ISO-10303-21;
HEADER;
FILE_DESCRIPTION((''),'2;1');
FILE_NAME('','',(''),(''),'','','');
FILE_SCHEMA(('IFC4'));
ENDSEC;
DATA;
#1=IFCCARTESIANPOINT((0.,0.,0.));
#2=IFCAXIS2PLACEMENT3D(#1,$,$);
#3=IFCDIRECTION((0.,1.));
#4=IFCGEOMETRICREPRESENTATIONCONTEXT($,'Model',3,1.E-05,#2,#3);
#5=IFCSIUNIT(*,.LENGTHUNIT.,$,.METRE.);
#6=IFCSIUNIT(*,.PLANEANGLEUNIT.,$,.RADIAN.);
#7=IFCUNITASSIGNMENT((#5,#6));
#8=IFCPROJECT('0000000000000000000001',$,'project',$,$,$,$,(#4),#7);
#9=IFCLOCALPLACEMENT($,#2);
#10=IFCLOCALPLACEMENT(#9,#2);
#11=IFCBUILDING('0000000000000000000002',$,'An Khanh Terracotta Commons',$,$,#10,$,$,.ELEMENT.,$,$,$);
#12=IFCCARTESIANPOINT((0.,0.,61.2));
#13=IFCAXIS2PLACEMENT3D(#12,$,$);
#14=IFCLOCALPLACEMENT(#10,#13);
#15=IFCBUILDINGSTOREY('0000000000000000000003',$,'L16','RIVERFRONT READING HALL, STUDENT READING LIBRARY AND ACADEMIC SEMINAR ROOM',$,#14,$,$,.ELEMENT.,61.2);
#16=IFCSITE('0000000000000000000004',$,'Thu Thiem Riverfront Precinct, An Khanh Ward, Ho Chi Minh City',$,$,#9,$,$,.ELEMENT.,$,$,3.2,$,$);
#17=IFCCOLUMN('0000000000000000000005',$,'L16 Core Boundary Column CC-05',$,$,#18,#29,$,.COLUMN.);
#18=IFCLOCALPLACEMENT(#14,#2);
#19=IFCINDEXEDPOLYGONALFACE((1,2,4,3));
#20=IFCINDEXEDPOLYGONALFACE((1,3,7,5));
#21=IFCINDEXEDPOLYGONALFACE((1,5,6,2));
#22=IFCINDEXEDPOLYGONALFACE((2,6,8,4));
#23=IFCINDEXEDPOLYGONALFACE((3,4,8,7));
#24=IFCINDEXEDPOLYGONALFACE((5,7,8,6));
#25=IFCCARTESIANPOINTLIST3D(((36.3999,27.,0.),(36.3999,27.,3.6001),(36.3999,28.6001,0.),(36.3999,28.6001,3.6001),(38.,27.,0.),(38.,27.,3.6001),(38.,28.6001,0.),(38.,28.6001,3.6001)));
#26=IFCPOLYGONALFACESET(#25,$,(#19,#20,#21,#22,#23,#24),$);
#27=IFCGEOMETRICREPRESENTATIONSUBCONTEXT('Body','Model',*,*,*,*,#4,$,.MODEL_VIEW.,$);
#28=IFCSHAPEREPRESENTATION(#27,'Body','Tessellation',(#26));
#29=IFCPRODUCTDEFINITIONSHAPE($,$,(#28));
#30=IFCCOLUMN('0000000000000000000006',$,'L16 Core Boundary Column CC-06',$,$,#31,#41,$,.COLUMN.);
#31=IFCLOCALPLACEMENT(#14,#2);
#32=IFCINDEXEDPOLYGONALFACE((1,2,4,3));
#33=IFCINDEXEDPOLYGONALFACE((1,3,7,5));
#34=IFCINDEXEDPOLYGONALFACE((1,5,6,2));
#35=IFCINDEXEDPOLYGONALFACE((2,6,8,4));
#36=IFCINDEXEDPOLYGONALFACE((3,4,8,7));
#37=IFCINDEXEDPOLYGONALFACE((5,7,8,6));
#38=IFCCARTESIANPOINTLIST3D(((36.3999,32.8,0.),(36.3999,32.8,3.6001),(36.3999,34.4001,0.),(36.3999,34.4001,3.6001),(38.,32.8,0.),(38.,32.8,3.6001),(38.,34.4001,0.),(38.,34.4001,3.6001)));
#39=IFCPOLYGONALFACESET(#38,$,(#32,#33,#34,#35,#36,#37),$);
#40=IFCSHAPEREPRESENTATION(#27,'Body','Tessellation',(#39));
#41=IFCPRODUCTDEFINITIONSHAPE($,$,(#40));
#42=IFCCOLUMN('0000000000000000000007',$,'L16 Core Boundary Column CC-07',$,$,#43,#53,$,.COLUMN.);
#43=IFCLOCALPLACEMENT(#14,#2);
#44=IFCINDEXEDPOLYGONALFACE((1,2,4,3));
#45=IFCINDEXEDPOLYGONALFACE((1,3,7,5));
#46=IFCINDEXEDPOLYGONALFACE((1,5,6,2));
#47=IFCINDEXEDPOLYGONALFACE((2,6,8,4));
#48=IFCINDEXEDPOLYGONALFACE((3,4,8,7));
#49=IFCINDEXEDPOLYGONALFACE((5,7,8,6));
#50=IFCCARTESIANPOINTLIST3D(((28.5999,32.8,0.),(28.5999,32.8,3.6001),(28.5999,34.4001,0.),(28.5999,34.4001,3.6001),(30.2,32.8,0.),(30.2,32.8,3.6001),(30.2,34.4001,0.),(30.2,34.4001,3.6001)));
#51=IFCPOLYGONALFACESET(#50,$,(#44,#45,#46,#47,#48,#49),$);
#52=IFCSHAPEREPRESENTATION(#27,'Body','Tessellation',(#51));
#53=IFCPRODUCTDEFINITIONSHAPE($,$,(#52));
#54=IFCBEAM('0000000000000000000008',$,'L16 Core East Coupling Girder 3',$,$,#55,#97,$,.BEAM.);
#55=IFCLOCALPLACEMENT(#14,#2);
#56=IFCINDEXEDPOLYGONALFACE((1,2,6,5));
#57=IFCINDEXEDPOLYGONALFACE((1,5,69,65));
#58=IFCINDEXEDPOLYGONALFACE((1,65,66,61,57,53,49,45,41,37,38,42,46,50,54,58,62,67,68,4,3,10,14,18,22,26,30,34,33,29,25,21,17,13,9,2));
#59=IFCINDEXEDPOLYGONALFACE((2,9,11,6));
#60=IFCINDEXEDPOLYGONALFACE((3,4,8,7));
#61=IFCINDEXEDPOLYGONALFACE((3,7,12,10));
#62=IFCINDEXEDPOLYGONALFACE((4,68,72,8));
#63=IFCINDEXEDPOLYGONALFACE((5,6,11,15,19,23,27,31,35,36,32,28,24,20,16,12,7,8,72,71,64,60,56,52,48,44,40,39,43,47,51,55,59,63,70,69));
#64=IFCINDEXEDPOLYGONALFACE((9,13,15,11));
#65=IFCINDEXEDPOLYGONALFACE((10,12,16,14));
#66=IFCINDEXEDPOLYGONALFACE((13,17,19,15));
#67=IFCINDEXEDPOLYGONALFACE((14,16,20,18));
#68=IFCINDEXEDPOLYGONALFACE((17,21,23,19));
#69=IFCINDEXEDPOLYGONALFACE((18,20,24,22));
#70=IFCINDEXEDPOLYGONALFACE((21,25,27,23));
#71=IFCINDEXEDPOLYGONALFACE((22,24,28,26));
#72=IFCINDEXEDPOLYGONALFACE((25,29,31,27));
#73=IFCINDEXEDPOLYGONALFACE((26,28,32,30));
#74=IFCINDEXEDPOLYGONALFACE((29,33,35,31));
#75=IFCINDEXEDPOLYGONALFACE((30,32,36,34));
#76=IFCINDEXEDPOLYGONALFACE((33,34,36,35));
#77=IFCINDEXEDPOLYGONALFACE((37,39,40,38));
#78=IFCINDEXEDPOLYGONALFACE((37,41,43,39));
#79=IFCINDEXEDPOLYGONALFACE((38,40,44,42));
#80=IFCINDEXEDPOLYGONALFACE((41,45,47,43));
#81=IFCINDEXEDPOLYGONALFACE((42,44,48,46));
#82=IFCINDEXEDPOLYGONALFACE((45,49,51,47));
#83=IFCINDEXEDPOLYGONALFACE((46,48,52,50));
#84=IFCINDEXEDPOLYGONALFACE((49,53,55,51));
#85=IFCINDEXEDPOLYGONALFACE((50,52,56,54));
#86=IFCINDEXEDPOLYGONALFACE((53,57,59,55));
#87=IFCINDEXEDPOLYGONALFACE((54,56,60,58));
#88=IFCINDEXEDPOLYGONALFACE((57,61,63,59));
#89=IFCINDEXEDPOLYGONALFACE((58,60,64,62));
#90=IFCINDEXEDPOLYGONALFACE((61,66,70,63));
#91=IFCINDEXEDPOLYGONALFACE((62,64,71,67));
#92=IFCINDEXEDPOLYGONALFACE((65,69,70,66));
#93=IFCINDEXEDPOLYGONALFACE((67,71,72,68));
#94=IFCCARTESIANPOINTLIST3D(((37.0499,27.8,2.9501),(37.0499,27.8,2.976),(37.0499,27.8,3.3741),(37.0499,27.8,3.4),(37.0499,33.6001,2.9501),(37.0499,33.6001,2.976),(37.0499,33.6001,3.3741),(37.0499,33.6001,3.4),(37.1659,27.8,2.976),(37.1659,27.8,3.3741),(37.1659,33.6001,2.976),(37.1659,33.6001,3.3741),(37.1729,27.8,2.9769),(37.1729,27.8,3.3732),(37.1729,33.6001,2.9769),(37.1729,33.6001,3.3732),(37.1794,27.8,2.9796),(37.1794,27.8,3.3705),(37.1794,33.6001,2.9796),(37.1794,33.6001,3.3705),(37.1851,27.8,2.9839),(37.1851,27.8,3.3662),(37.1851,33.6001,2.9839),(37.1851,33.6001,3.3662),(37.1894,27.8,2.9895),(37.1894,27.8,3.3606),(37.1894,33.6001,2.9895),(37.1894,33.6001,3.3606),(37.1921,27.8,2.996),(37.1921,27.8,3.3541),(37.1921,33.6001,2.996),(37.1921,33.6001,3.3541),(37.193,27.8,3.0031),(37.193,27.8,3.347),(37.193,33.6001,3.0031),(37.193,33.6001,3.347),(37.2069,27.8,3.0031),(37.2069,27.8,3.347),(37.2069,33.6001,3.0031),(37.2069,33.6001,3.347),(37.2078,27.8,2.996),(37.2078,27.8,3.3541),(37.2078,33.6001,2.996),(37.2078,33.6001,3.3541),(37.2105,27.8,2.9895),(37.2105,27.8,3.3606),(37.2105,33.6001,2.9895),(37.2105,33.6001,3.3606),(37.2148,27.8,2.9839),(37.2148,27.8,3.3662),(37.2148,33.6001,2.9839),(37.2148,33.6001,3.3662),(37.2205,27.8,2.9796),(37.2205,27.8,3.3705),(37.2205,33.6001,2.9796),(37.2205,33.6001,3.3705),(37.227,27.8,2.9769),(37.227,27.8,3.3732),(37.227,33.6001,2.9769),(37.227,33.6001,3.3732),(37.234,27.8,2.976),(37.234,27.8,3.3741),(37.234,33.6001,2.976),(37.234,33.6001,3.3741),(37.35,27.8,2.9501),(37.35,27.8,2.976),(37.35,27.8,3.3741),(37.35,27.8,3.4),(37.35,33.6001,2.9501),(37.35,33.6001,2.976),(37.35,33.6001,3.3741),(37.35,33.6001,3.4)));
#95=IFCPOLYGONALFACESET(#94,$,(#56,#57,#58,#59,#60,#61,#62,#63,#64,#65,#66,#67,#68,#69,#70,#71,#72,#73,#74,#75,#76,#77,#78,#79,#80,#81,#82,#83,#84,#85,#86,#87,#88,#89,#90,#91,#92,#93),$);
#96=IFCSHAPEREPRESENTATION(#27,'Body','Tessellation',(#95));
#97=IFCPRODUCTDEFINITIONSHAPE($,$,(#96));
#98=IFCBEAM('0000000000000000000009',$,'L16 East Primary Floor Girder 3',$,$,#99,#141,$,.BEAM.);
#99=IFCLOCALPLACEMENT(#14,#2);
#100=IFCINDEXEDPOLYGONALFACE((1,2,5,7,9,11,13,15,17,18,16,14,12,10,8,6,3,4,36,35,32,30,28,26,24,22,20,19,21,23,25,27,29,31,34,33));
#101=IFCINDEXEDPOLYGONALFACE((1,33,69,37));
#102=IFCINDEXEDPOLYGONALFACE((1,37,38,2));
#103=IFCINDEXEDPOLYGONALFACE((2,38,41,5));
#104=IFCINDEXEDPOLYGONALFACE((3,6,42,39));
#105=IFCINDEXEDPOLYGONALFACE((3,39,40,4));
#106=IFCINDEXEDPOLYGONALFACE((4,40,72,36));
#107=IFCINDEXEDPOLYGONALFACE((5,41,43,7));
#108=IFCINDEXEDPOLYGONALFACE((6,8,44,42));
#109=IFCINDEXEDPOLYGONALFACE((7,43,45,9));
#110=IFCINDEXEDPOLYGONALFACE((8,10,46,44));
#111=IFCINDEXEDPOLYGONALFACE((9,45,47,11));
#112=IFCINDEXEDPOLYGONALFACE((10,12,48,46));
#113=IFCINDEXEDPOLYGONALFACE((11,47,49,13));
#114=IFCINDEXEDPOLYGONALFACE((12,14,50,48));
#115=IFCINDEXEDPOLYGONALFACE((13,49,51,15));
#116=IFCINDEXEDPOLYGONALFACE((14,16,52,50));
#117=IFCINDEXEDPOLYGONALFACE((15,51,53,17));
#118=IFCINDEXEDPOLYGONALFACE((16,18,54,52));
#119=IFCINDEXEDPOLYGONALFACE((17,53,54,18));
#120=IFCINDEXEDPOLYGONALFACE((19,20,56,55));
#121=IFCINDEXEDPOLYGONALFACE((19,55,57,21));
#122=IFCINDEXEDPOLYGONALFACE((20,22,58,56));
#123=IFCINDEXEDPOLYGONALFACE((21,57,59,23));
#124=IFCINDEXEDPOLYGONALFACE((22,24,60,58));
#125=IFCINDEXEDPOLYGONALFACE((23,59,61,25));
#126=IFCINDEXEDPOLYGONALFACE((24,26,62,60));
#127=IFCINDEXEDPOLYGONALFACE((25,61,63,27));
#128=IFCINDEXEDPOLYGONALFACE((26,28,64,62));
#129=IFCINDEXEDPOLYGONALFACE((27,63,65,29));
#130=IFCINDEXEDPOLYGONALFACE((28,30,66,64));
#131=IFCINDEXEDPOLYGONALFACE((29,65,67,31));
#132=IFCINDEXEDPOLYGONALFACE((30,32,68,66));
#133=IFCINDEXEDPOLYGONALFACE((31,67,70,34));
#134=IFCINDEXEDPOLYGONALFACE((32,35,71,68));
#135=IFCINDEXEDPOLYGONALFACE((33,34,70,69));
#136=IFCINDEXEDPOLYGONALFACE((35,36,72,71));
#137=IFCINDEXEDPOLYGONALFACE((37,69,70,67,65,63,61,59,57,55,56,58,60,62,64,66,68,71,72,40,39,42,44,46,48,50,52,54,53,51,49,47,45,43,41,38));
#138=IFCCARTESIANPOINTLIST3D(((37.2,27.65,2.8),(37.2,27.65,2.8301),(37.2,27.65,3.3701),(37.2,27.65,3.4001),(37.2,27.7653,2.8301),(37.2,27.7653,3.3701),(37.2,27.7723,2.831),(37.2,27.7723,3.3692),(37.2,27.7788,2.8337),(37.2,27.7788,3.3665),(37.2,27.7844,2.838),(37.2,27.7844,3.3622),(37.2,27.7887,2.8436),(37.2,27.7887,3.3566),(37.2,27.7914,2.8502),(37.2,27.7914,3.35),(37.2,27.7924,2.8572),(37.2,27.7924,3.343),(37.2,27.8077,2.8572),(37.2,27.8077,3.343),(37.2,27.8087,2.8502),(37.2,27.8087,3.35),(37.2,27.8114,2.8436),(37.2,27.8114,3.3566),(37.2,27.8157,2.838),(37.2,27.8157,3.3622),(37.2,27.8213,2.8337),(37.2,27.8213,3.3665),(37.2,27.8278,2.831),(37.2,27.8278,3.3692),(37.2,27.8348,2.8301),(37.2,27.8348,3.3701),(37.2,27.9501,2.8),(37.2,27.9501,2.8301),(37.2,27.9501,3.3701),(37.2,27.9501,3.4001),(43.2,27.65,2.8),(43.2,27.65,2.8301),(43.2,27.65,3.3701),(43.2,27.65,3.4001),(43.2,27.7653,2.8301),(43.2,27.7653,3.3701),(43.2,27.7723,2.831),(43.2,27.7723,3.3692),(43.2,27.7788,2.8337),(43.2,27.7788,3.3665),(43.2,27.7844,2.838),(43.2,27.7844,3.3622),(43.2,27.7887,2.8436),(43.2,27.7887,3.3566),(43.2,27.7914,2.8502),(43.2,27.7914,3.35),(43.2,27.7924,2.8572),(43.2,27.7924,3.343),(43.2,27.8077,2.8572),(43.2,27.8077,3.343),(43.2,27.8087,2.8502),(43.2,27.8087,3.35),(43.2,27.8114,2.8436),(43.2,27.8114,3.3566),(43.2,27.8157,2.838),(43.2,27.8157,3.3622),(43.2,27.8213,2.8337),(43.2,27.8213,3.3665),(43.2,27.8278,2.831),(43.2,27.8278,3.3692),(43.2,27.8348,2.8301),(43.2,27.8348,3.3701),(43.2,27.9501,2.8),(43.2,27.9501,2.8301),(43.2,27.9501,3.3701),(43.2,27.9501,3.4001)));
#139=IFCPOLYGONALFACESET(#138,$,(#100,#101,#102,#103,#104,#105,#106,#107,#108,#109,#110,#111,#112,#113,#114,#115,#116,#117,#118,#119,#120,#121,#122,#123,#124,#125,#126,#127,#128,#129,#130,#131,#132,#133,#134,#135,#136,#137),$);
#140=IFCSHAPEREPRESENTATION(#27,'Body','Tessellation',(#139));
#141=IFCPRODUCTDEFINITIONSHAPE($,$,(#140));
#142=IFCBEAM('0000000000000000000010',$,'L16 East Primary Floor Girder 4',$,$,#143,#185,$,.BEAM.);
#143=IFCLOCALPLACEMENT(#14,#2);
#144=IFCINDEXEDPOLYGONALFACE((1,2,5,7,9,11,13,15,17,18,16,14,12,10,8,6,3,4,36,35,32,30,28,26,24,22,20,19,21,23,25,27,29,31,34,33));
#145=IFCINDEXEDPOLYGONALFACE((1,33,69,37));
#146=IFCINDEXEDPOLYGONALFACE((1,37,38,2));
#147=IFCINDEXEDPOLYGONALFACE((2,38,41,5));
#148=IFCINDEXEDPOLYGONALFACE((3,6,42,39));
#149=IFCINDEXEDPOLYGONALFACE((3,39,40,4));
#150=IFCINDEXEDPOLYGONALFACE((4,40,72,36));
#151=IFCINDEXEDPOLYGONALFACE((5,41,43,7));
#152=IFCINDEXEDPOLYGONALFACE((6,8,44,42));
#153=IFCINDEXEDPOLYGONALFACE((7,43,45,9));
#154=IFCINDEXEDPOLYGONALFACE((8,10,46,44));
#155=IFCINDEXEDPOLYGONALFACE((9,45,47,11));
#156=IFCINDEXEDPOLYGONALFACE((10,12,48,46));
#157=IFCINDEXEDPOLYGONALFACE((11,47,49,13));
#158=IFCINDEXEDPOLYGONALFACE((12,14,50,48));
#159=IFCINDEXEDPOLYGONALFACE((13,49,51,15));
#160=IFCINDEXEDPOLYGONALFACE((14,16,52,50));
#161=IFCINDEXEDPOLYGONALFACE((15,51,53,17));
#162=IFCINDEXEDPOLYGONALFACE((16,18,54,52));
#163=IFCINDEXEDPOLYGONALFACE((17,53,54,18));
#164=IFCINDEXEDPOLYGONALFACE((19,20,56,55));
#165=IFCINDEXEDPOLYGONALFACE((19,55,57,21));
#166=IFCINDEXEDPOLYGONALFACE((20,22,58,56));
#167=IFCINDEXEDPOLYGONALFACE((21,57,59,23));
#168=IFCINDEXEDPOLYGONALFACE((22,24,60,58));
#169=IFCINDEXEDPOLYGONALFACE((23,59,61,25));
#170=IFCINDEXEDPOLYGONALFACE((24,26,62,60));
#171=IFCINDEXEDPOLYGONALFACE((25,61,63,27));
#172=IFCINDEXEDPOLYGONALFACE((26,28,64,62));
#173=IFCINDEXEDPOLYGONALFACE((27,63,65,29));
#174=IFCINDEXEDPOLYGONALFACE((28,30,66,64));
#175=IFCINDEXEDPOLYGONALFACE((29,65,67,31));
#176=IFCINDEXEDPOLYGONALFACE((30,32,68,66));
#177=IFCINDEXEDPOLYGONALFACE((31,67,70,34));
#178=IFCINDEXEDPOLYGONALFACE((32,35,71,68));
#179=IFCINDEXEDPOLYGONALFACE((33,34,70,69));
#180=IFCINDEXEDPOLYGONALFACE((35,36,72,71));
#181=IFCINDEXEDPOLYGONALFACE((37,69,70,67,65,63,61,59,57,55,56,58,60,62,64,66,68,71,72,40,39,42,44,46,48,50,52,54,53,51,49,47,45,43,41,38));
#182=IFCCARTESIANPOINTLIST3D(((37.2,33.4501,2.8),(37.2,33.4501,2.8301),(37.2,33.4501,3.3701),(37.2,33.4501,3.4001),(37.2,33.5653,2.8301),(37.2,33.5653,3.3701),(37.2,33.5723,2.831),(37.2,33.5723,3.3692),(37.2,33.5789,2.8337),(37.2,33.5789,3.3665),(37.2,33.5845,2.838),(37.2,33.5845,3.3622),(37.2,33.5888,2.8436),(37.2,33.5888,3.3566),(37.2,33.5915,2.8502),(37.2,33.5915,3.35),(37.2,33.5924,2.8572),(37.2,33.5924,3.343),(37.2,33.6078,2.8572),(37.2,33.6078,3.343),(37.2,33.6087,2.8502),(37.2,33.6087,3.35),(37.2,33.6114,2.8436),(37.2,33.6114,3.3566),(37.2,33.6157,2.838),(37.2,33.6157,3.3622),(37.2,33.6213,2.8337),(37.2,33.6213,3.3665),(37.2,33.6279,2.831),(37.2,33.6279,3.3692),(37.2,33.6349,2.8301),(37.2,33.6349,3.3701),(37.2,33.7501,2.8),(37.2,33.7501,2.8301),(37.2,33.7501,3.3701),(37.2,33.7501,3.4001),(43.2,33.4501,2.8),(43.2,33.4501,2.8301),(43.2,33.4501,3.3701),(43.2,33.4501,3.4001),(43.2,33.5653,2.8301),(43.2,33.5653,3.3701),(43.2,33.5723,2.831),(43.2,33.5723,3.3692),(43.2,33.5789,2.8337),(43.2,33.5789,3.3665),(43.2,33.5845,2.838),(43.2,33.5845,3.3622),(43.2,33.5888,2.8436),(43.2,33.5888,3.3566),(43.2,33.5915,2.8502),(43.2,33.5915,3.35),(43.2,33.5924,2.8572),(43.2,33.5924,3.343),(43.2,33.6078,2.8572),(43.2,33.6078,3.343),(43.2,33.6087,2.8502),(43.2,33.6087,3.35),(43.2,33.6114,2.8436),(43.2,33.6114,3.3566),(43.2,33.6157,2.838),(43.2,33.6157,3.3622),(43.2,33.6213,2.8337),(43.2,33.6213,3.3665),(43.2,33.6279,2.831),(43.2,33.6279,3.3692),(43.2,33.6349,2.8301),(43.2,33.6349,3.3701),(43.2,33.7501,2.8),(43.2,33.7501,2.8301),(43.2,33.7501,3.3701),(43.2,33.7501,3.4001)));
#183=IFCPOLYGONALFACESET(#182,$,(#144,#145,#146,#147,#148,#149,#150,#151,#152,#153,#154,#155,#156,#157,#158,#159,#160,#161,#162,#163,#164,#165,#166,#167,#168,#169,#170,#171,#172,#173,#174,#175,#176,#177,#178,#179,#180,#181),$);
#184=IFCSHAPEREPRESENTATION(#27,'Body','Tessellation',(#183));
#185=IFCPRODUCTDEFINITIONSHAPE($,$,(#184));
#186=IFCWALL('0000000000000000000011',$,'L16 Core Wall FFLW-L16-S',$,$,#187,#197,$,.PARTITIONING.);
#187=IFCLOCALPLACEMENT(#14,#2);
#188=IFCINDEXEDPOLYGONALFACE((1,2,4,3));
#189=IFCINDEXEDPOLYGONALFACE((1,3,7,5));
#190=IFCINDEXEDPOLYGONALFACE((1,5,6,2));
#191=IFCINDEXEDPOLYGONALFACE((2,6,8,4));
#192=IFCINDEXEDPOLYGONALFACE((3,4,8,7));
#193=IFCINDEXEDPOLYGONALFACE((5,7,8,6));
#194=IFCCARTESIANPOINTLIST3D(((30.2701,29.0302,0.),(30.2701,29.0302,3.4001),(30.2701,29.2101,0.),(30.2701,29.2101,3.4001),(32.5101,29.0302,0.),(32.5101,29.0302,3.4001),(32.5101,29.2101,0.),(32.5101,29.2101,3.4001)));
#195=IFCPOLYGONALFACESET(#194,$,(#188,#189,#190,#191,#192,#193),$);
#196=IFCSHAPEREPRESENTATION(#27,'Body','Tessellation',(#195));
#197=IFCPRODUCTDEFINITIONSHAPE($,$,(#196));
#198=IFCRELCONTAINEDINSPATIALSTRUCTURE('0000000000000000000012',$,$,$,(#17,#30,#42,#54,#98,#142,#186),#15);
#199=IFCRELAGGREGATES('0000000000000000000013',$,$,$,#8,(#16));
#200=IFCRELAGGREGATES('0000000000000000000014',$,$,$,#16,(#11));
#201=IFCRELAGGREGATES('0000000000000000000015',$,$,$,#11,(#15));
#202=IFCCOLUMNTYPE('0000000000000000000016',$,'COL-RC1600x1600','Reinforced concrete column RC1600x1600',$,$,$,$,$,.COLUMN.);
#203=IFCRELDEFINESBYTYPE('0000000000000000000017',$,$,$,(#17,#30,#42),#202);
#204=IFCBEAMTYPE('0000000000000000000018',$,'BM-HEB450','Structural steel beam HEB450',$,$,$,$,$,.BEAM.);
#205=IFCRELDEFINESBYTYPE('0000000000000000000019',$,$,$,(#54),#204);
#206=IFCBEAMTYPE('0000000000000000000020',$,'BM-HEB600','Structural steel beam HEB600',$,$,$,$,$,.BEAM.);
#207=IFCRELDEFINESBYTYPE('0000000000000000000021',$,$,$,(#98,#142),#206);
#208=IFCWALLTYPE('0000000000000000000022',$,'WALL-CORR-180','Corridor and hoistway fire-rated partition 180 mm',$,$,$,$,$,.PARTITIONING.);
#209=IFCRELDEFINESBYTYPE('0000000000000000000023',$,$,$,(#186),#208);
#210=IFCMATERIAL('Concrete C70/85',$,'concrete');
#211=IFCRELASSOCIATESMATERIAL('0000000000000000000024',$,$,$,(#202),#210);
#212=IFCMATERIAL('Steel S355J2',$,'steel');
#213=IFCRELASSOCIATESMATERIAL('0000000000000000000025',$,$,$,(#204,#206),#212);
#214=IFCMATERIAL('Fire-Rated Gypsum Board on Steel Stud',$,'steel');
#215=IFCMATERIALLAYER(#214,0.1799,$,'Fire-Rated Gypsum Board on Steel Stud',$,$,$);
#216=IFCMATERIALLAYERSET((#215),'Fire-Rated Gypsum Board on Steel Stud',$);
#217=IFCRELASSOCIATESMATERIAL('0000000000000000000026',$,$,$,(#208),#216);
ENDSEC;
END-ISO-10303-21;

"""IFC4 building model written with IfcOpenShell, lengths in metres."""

from ifc_helpers import new_model, si_unit, direction, frame, frame_2d, origin, origin_2d, place, context, subcontext, project, spatial, rectangle, i_section, extrude, material, layer, layer_set, material_profile, profile_set, type_object, element, save


model = new_model("IFC4")

# Units and contexts
model_context = context("Model", 3, precision=1e-05, world=origin(), true_north=direction((0.0, 1.0)))
body_context = subcontext(model_context, "Body", "Model", "MODEL_VIEW")
ifc_project = project(units=[si_unit("LENGTHUNIT", "METRE"), si_unit("PLANEANGLEUNIT", "RADIAN")], contexts=[model_context])

# Site, building, storey
site_placement = place(None, origin())
site = spatial("IfcSite", under=ifc_project, at=site_placement, Name="Thu Thiem Riverfront Precinct, An Khanh Ward, Ho Chi Minh City", CompositionType="ELEMENT", RefElevation=3.2)
building_placement = place(site_placement, origin())
building = spatial("IfcBuilding", under=site, at=building_placement, Name="An Khanh Terracotta Commons", CompositionType="ELEMENT")
storey_placement = place(building_placement, frame((0.0, 0.0, 61.2)))
storey = spatial("IfcBuildingStorey", under=building, at=storey_placement, Name="L16", Description="RIVERFRONT READING HALL, STUDENT READING LIBRARY AND ACADEMIC SEMINAR ROOM", CompositionType="ELEMENT", Elevation=61.2)

# Columns
ifc_material_1 = material(Name="Concrete C70/85", Category="concrete")
ifc_material_profile_1 = material_profile(ifc_material_1, rectangle(XDim=1.6001, YDim=1.6001, at=origin_2d()), Name="RC1600x1600")
ifc_profile_set_1 = profile_set([ifc_material_profile_1], Name="Concrete C70/85")
column_type = type_object("IfcColumnType", Name="COL-RC1600x1600", Description="Reinforced concrete column RC1600x1600", PredefinedType="COLUMN", material=ifc_profile_set_1)
for number, where, z_axis, x_axis, name in (
    (1, (37.2, 27.8, 0.0), (0.0, 0.0, 1.0), (1.0, 0.0, 0.0), "L16 Core Boundary Column CC-05"),
    (2, (37.2, 33.6001, 0.0), (0.0, 0.0, 1.0), (1.0, 0.0, 0.0), "L16 Core Boundary Column CC-06"),
    (3, (29.3999, 33.6001, 0.0), (0.0, 0.0, 1.0), (1.0, 0.0, 0.0), "L16 Core Boundary Column CC-07"),
):
    element("IfcColumn", number, at=place(storey_placement, frame(where, z_axis=z_axis, x_axis=x_axis)), inside=storey, type_object=column_type, Name=name, PredefinedType="COLUMN", context=body_context, shape_type="SweptSolid", body=[
        extrude(rectangle(XDim=1.6001, YDim=1.6001, at=origin_2d()), origin(), (0.0, 0.0, 1.0), 3.6001),
    ])

# Beams
ifc_material_2 = material(Name="Steel S355J2", Category="steel")
ifc_material_profile_2 = material_profile(ifc_material_2, i_section(OverallWidth=0.3, OverallDepth=0.45, WebThickness=0.0139, FlangeThickness=0.0259, FilletRadius=0.0271, at=origin_2d()), Name="HEB450")
ifc_profile_set_2 = profile_set([ifc_material_profile_2], Name="Steel S355J2")
beam_type_1 = type_object("IfcBeamType", Name="BM-HEB450", Description="Structural steel beam HEB450", PredefinedType="BEAM", material=ifc_profile_set_2)
beam_placement = place(storey_placement, frame((37.2, 27.8, 3.175), z_axis=(0.0, 1.0, 0.0), x_axis=(-1.0, 0.0, 0.0)))
element("IfcBeam", 4, at=beam_placement, inside=storey, type_object=beam_type_1, Name="L16 Core East Coupling Girder 3", PredefinedType="BEAM", context=body_context, shape_type="SweptSolid", body=[
    extrude(i_section(OverallWidth=0.3, OverallDepth=0.45, WebThickness=0.0139, FlangeThickness=0.0259, FilletRadius=0.0271, at=origin_2d()), origin(), (0.0, 0.0, 1.0), 5.8),
])
ifc_material_profile_3 = material_profile(ifc_material_2, i_section(OverallWidth=0.3, OverallDepth=0.6001, WebThickness=0.0154, FlangeThickness=0.03, FilletRadius=0.0271, at=origin_2d()), Name="HEB600")
ifc_profile_set_3 = profile_set([ifc_material_profile_3], Name="Steel S355J2")
beam_type_2 = type_object("IfcBeamType", Name="BM-HEB600", Description="Structural steel beam HEB600", PredefinedType="BEAM", material=ifc_profile_set_3)
for number, where, z_axis, x_axis, name in (
    (5, (37.2, 27.8, 3.1001), (1.0, 0.0, 0.0), (0.0, 1.0, 0.0), "L16 East Primary Floor Girder 3"),
    (6, (37.2, 33.6001, 3.1001), (1.0, 0.0, 0.0), (0.0, 1.0, 0.0), "L16 East Primary Floor Girder 4"),
):
    element("IfcBeam", number, at=place(storey_placement, frame(where, z_axis=z_axis, x_axis=x_axis)), inside=storey, type_object=beam_type_2, Name=name, PredefinedType="BEAM", context=body_context, shape_type="SweptSolid", body=[
        extrude(i_section(OverallWidth=0.3, OverallDepth=0.6001, WebThickness=0.0154, FlangeThickness=0.03, FilletRadius=0.0271, at=origin_2d()), origin(), (0.0, 0.0, 1.0), 6.0),
    ])

# Wall
ifc_material_3 = material(Name="Fire-Rated Gypsum Board on Steel Stud", Category="steel")
ifc_layer_1 = layer(ifc_material_3, 0.1799, Name="Fire-Rated Gypsum Board on Steel Stud")
ifc_layer_set_1 = layer_set([ifc_layer_1], Name="Fire-Rated Gypsum Board on Steel Stud")
wall_type_1 = type_object("IfcWallType", Name="WALL-CORR-180", Description="Corridor and hoistway fire-rated partition 180 mm", PredefinedType="PARTITIONING", material=ifc_layer_set_1)
wall_1_placement = place(storey_placement, frame((30.27, 29.1201, 0.0), z_axis=(0.0, 0.0, 1.0), x_axis=(1.0, 0.0, 0.0)))
element("IfcWall", 7, at=wall_1_placement, inside=storey, type_object=wall_type_1, Name="L16 Core Wall FFLW-L16-S", PredefinedType="PARTITIONING", context=body_context, shape_type="SweptSolid", body=[
    extrude(rectangle(XDim=2.24, YDim=0.1799, at=frame_2d((1.1201, 0.0))), origin(), (0.0, 0.0, 1.0), 3.4001),
])

save(model, "model.ifc")
